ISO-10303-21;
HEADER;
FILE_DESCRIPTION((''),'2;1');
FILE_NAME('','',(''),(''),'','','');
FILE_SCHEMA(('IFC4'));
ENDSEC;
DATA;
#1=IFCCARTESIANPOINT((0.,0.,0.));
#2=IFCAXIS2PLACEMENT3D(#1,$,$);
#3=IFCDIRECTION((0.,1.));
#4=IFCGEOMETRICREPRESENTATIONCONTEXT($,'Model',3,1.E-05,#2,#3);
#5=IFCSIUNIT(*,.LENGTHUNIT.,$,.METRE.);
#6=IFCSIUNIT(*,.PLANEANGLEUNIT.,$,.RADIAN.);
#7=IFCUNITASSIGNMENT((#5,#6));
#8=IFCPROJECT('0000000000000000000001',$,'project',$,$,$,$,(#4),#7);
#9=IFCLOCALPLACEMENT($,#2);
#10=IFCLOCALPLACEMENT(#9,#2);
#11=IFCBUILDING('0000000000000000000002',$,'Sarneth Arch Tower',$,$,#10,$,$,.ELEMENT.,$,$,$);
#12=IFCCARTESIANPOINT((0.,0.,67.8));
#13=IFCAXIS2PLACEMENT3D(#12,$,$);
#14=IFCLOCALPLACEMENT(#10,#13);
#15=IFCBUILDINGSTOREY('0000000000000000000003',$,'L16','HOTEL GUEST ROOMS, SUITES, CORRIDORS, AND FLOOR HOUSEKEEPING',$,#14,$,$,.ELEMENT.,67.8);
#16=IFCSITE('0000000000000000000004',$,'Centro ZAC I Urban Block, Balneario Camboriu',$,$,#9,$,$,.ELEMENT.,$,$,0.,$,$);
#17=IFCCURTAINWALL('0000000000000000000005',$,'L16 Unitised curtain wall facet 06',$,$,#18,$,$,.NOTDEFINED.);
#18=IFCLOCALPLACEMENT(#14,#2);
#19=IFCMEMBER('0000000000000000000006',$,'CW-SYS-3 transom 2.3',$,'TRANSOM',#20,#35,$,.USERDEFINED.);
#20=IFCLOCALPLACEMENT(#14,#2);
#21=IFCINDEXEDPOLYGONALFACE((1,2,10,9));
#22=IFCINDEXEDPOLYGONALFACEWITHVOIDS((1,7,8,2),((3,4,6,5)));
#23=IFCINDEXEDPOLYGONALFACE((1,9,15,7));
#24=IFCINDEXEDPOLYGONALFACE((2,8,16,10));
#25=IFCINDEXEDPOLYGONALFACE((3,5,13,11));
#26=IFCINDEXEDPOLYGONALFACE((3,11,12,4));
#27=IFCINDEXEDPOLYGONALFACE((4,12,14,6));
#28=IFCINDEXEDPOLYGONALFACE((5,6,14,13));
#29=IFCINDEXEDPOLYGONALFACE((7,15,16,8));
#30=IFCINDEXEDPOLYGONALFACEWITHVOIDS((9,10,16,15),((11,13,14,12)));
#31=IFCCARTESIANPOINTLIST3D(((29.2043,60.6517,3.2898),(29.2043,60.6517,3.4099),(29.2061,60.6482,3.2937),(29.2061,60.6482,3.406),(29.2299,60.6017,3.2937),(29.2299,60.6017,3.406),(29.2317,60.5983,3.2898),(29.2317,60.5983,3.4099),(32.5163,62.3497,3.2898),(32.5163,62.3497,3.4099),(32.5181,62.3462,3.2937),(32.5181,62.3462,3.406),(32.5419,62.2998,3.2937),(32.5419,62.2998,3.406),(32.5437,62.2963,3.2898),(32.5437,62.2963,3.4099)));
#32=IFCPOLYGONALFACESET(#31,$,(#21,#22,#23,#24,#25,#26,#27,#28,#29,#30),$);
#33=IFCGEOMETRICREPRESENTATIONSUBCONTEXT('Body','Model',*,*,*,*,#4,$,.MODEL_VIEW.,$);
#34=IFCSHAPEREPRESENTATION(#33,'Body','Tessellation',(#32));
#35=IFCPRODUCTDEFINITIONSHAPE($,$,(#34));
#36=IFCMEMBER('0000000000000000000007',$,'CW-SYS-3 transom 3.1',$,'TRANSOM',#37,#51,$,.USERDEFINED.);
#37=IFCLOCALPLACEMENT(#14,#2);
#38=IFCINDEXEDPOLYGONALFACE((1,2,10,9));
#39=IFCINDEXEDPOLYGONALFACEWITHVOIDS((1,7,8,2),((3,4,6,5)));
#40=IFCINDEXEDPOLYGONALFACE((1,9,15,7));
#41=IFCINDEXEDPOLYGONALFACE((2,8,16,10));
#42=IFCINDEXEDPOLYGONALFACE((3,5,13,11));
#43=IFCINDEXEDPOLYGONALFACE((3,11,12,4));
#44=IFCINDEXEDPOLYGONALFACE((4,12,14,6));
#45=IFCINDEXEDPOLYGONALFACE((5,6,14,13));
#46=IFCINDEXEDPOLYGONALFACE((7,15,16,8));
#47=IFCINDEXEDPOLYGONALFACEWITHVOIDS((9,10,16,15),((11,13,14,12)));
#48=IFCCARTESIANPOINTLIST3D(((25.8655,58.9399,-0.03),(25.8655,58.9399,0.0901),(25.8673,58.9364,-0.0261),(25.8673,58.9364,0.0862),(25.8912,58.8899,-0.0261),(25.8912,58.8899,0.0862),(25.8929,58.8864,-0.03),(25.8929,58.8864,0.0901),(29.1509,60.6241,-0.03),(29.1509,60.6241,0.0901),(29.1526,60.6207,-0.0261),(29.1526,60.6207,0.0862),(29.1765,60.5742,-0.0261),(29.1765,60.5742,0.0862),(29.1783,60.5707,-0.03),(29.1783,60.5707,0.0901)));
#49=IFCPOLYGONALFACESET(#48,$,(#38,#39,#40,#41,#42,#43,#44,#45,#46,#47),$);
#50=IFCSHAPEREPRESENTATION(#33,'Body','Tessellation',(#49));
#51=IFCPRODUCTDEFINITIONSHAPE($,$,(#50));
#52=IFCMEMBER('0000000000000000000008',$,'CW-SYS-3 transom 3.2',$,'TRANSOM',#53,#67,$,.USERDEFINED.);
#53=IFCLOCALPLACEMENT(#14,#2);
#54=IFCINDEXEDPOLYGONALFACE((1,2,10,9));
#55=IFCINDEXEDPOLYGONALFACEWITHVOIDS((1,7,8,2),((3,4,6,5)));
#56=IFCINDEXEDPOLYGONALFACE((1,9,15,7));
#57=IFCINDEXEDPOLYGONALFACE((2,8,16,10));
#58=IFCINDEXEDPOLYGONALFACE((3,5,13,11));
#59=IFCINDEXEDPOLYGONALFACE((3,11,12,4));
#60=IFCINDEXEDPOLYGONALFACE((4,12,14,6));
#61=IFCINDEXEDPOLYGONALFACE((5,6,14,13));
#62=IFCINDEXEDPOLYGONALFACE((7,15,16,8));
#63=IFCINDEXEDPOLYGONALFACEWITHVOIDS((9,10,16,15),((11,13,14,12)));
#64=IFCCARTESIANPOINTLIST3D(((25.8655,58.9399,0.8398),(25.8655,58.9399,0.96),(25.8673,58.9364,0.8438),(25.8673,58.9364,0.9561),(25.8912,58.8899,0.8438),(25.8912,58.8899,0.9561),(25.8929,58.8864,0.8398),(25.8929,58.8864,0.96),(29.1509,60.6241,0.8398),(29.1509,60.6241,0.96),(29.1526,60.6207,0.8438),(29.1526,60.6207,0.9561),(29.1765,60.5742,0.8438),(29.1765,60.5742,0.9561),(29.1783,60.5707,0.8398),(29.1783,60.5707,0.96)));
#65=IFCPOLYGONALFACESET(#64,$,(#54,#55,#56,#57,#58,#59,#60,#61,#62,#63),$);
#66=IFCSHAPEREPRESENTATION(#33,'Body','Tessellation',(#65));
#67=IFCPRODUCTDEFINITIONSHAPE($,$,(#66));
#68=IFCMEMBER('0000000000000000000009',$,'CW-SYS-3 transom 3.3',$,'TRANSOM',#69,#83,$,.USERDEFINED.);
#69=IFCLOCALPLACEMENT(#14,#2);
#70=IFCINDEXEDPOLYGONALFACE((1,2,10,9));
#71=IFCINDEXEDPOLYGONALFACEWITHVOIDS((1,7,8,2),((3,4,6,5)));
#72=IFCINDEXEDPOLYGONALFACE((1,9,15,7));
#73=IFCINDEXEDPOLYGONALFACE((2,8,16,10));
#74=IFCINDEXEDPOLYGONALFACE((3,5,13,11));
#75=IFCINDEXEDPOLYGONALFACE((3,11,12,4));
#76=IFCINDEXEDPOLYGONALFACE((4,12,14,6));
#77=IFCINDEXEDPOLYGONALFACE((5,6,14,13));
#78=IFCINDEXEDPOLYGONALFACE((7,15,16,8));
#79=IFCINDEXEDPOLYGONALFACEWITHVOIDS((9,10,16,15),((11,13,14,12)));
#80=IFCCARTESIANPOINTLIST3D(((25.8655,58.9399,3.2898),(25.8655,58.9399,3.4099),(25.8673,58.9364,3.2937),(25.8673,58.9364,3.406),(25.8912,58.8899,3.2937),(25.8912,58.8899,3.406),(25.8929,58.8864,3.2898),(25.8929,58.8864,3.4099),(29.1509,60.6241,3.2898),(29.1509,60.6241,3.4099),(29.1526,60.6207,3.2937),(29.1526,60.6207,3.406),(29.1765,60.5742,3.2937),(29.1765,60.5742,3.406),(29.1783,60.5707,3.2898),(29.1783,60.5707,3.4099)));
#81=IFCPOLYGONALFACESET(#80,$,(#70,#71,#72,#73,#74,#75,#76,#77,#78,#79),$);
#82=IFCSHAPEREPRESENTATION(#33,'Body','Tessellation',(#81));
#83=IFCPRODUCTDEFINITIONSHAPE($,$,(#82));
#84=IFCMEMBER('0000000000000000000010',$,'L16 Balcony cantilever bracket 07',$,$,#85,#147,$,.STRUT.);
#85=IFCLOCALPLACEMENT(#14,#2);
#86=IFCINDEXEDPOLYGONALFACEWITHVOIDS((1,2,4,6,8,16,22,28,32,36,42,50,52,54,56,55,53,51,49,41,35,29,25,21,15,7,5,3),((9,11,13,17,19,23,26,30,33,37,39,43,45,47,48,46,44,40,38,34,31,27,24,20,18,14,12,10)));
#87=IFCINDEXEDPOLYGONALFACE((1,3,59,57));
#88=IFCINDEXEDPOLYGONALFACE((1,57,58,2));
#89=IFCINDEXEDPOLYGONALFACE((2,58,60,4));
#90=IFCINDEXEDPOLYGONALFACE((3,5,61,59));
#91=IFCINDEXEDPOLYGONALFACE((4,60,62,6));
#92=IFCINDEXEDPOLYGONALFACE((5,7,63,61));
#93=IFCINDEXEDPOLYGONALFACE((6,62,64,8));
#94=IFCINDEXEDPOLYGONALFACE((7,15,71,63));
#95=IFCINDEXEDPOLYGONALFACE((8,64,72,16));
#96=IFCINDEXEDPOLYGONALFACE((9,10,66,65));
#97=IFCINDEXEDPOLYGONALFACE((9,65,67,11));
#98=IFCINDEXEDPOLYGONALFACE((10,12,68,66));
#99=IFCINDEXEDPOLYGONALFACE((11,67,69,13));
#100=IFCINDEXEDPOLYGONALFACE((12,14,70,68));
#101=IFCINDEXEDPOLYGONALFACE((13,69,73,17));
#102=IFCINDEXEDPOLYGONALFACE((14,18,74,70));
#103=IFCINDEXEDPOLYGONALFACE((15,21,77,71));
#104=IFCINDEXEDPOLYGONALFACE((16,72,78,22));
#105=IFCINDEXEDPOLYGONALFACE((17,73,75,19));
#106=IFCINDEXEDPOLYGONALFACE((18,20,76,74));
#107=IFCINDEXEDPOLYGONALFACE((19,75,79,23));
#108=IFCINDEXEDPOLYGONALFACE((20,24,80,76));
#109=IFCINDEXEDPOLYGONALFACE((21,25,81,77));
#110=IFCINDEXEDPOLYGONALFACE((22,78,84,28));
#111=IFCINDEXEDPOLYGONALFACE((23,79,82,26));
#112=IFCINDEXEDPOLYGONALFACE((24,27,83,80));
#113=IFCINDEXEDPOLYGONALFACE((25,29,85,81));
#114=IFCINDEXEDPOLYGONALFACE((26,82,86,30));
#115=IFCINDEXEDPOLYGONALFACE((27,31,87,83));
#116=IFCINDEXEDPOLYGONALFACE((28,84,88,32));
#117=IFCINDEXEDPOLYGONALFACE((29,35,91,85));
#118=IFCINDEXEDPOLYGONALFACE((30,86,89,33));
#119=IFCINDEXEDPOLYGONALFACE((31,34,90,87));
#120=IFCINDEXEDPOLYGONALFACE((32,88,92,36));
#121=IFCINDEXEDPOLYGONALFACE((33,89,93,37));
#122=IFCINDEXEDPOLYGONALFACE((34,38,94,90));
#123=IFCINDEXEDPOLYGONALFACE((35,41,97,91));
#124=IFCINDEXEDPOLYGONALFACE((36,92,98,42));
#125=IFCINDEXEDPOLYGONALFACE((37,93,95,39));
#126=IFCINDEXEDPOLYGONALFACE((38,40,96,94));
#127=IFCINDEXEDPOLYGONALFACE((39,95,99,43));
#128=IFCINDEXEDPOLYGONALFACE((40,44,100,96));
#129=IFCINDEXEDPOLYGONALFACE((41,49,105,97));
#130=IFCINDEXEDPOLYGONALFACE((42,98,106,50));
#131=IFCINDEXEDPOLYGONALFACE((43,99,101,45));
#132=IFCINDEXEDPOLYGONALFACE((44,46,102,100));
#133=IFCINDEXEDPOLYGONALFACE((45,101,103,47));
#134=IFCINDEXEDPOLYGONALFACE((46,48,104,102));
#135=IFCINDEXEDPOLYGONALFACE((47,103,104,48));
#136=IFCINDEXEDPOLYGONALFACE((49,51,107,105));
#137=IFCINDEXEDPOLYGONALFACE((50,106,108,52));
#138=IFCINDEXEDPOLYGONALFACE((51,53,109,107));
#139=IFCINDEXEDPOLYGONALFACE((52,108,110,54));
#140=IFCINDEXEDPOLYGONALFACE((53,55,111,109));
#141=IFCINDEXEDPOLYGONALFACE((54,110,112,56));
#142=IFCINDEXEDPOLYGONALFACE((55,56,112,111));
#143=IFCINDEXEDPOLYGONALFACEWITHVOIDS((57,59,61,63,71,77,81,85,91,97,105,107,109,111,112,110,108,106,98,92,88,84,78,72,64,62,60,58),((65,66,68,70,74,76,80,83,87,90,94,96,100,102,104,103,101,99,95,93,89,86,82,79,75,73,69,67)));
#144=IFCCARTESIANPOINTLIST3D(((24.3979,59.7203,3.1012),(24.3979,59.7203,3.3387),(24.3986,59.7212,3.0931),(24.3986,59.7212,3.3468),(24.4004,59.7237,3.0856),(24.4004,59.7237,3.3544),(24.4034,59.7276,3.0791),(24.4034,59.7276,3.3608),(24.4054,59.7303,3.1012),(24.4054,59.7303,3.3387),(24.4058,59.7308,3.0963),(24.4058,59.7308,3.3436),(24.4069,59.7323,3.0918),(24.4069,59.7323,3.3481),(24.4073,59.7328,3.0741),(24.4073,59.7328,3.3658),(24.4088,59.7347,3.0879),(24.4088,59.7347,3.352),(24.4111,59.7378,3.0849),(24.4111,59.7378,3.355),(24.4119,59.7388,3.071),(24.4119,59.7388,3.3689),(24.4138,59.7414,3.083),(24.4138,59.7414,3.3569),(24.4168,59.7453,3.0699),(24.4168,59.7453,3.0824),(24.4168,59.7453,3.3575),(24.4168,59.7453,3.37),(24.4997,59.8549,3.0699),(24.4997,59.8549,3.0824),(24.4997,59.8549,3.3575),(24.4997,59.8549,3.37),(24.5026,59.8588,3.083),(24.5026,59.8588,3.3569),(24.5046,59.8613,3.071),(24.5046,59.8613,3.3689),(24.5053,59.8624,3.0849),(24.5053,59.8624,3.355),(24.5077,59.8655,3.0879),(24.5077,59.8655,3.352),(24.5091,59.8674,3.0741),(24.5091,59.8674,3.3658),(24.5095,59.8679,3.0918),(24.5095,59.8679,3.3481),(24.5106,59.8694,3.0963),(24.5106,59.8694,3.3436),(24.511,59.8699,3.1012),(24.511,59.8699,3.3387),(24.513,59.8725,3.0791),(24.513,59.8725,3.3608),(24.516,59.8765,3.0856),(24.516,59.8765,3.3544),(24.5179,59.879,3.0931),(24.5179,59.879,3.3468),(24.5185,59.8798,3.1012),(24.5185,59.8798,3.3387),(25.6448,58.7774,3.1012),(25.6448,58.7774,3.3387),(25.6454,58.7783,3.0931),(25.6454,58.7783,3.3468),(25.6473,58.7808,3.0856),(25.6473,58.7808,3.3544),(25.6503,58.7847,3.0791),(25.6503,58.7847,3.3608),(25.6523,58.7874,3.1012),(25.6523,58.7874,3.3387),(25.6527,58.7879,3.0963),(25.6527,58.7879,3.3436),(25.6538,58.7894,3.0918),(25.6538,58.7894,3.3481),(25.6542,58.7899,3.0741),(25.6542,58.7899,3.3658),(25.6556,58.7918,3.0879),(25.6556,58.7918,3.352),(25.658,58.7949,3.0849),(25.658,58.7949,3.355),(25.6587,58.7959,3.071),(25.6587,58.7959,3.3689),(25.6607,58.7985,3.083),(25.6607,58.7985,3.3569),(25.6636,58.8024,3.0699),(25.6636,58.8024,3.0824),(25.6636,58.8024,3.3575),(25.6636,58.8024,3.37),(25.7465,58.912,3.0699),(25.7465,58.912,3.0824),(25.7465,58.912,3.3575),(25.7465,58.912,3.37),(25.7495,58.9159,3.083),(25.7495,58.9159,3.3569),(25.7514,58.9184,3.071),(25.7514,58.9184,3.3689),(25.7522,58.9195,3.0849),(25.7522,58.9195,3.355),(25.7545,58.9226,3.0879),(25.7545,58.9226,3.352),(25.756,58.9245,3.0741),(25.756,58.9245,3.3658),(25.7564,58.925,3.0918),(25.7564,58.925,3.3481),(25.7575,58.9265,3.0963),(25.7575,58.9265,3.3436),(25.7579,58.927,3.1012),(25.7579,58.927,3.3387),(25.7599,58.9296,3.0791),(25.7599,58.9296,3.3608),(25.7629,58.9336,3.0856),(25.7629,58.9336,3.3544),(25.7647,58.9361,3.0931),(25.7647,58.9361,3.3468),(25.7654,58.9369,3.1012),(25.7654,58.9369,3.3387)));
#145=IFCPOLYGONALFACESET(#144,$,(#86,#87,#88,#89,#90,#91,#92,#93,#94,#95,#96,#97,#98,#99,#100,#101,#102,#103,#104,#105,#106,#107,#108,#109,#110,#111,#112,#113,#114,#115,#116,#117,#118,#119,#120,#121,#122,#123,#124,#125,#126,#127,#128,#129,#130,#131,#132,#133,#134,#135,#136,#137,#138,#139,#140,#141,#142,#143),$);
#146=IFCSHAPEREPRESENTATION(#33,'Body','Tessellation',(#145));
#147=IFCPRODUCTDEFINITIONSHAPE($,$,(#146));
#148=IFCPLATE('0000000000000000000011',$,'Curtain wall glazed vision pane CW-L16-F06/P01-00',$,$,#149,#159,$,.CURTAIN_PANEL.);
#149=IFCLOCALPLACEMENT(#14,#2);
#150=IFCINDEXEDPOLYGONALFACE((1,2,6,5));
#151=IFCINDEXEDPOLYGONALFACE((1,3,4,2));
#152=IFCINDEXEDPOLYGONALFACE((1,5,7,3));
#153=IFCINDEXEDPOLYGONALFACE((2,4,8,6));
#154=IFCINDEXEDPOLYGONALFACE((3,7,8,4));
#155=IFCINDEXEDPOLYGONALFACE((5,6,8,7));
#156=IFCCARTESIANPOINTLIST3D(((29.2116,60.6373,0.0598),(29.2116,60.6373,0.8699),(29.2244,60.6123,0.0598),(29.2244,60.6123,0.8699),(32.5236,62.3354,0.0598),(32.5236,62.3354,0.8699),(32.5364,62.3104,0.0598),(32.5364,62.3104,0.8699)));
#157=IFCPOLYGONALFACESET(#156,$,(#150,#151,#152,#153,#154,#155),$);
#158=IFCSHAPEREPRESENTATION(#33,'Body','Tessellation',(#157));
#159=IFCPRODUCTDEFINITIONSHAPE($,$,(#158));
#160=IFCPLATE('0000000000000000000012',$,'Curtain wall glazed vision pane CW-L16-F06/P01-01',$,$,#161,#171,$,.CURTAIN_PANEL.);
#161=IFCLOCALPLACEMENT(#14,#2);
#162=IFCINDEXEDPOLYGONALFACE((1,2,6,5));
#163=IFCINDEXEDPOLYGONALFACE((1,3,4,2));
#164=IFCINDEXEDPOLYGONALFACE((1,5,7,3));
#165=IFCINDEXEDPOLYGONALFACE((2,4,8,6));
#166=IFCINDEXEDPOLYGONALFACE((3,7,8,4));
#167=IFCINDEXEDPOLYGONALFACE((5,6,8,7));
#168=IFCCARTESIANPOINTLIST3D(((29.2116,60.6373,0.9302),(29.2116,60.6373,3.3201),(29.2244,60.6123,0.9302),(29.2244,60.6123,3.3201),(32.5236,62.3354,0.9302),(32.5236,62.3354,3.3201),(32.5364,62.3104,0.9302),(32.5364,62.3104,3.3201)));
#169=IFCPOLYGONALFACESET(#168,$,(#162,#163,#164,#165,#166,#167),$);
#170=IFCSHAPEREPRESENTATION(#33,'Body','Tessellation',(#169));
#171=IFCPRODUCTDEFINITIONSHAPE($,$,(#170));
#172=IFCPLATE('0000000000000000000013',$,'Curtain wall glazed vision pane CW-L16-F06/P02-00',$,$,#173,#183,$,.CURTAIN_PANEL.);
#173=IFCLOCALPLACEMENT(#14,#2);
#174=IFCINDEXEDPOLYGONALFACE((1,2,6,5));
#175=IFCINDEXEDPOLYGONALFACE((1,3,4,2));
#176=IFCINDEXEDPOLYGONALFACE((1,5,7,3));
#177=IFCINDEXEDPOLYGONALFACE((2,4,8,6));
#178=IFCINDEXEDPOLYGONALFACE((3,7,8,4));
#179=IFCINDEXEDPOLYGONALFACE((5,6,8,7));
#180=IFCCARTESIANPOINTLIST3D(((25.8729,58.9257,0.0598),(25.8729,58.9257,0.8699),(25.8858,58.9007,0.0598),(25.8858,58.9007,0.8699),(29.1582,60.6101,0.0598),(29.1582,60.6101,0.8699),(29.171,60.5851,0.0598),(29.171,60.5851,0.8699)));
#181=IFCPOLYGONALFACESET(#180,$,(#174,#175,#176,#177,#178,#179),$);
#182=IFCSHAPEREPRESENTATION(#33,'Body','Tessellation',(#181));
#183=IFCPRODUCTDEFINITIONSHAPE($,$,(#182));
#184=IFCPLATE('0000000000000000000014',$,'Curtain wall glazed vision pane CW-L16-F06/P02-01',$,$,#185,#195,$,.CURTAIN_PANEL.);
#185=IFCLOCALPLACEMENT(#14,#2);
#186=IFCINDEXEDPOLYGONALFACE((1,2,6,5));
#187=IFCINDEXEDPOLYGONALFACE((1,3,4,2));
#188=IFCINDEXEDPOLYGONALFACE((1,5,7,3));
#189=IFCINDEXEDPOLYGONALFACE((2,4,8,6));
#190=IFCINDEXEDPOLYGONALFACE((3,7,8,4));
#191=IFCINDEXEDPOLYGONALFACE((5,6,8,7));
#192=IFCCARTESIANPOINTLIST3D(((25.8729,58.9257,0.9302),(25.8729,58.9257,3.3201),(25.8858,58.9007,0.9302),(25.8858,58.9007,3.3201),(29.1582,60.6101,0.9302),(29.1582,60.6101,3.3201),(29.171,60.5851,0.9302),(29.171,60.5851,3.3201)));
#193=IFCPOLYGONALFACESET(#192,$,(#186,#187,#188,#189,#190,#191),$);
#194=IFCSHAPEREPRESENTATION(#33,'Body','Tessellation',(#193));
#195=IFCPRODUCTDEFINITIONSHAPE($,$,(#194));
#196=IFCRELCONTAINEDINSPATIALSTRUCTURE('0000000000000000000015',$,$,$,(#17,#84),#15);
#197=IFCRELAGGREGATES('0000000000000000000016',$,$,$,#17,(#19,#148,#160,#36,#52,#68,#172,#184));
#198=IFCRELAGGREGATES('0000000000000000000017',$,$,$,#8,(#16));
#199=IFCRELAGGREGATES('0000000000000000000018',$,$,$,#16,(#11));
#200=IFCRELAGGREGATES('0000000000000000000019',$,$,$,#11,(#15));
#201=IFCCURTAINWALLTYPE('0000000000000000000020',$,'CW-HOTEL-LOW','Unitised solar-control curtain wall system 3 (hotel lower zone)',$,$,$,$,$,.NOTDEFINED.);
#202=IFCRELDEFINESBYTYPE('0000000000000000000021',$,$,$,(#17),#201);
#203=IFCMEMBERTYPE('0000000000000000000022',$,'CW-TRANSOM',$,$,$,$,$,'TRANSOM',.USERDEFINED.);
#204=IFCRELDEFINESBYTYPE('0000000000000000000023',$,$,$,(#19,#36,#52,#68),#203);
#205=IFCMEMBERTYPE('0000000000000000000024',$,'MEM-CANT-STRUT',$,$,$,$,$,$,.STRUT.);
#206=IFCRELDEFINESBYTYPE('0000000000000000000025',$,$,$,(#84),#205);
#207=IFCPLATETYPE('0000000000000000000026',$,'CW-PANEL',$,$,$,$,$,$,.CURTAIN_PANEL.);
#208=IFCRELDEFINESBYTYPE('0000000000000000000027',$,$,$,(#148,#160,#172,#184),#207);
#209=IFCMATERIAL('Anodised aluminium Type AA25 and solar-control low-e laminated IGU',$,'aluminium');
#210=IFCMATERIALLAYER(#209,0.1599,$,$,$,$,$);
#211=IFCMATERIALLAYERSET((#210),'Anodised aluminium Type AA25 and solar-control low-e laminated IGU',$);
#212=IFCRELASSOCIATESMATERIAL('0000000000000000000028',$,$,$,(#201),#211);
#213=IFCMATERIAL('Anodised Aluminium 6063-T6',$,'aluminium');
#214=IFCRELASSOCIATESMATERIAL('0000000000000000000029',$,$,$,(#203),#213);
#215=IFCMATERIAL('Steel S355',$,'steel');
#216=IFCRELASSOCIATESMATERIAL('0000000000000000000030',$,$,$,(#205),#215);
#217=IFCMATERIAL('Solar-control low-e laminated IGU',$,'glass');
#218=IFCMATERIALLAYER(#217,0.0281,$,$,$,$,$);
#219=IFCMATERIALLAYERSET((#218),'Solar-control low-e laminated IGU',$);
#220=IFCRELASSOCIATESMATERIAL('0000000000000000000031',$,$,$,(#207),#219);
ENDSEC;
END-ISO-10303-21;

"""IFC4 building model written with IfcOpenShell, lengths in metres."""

from ifc_helpers import new_model, si_unit, direction, frame, origin, origin_2d, place, context, subcontext, project, spatial, rectangle, hollow_rectangle, extrude, material, layer, layer_set, material_profile, profile_set, type_object, element, aggregate, save


model = new_model("IFC4")

# Units and contexts
model_context = context("Model", 3, precision=1e-05, world=origin(), true_north=direction((0.0, 1.0)))
body_context = subcontext(model_context, "Body", "Model", "MODEL_VIEW")
ifc_project = project(units=[si_unit("LENGTHUNIT", "METRE"), si_unit("PLANEANGLEUNIT", "RADIAN")], contexts=[model_context])

# Site, building, storey
site_placement = place(None, origin())
site = spatial("IfcSite", under=ifc_project, at=site_placement, Name="Centro ZAC I Urban Block, Balneario Camboriu", CompositionType="ELEMENT", RefElevation=0.0)
building_placement = place(site_placement, origin())
building = spatial("IfcBuilding", under=site, at=building_placement, Name="Sarneth Arch Tower", CompositionType="ELEMENT")
storey_placement = place(building_placement, frame((0.0, 0.0, 67.8)))
storey = spatial("IfcBuildingStorey", under=building, at=storey_placement, Name="L16", Description="HOTEL GUEST ROOMS, SUITES, CORRIDORS, AND FLOOR HOUSEKEEPING", CompositionType="ELEMENT", Elevation=67.8)

# Curtain wall, members
ifc_material_1 = material(Name="Anodised aluminium Type AA25 and solar-control low-e laminated IGU", Category="aluminium")
ifc_layer_1 = layer(ifc_material_1, 0.1599)
ifc_layer_set_1 = layer_set([ifc_layer_1], Name="Anodised aluminium Type AA25 and solar-control low-e laminated IGU")
curtain_wall_type = type_object("IfcCurtainWallType", Name="CW-HOTEL-LOW", Description="Unitised solar-control curtain wall system 3 (hotel lower zone)", PredefinedType="NOTDEFINED", material=ifc_layer_set_1)
curtain_wall_placement = place(storey_placement, origin())
curtain_wall = element("IfcCurtainWall", 1, at=curtain_wall_placement, inside=storey, type_object=curtain_wall_type, Name="L16 Unitised curtain wall facet 06", PredefinedType="NOTDEFINED")
ifc_material_2 = material(Name="Anodised Aluminium 6063-T6", Category="aluminium")
ifc_material_profile_1 = material_profile(ifc_material_2, hollow_rectangle(XDim=0.0601, YDim=0.1201, WallThickness=0.0039, at=origin_2d()), Name="AL-TRAN-120x60x4")
ifc_profile_set_1 = profile_set([ifc_material_profile_1], Name="Anodised Aluminium 6063-T6")
member_type_1 = type_object("IfcMemberType", Name="CW-TRANSOM", ElementType="TRANSOM", PredefinedType="USERDEFINED", material=ifc_profile_set_1)
member_1_placement = place(storey_placement, frame((32.53, 62.323, 3.3499), z_axis=(-0.889869, -0.456217, 0.0), x_axis=(0.456217, -0.889869, 0.0)))
member_1 = element("IfcMember", 2, at=member_1_placement, type_object=member_type_1, Name="CW-SYS-3 transom 2.3", ObjectType="TRANSOM", PredefinedType="USERDEFINED", context=body_context, shape_type="SweptSolid", body=[
    extrude(hollow_rectangle(XDim=0.0601, YDim=0.1201, WallThickness=0.0039, at=origin_2d()), origin(), (0.0, 0.0, 1.0), 3.7219),
])
member_2_placement = place(storey_placement, frame((29.1646, 60.5974, 0.03), z_axis=(-0.889872, -0.456211, 0.0), x_axis=(0.456211, -0.889872, 0.0)))
member_2 = element("IfcMember", 3, at=member_2_placement, type_object=member_type_1, Name="CW-SYS-3 transom 3.1", ObjectType="TRANSOM", PredefinedType="USERDEFINED", context=body_context, shape_type="SweptSolid", body=[
    extrude(hollow_rectangle(XDim=0.0601, YDim=0.1201, WallThickness=0.0039, at=origin_2d()), origin(), (0.0, 0.0, 1.0), 3.6919),
])
member_3_placement = place(storey_placement, frame((29.1646, 60.5974, 0.8999), z_axis=(-0.889872, -0.456211, 0.0), x_axis=(0.456211, -0.889872, 0.0)))
member_3 = element("IfcMember", 4, at=member_3_placement, type_object=member_type_1, Name="CW-SYS-3 transom 3.2", ObjectType="TRANSOM", PredefinedType="USERDEFINED", context=body_context, shape_type="SweptSolid", body=[
    extrude(hollow_rectangle(XDim=0.0601, YDim=0.1201, WallThickness=0.0039, at=origin_2d()), origin(), (0.0, 0.0, 1.0), 3.6919),
])
member_4_placement = place(storey_placement, frame((29.1646, 60.5974, 3.3499), z_axis=(-0.889872, -0.456211, 0.0), x_axis=(0.456211, -0.889872, 0.0)))
member_4 = element("IfcMember", 5, at=member_4_placement, type_object=member_type_1, Name="CW-SYS-3 transom 3.3", ObjectType="TRANSOM", PredefinedType="USERDEFINED", context=body_context, shape_type="SweptSolid", body=[
    extrude(hollow_rectangle(XDim=0.0601, YDim=0.1201, WallThickness=0.0039, at=origin_2d()), origin(), (0.0, 0.0, 1.0), 3.6919),
])

# Member
ifc_material_3 = material(Name="Steel S355", Category="steel")
ifc_material_profile_2 = material_profile(ifc_material_3, hollow_rectangle(XDim=0.2, YDim=0.3, WallThickness=0.0125, InnerFilletRadius=0.0188, OuterFilletRadius=0.0312, at=origin_2d()), Name="RHS300x200x12.5")
ifc_profile_set_2 = profile_set([ifc_material_profile_2], Name="Steel S355")
member_type_2 = type_object("IfcMemberType", Name="MEM-CANT-STRUT", PredefinedType="STRUT", material=ifc_profile_set_2)
member_5_placement = place(storey_placement, frame((25.7051, 58.8572, 3.22), z_axis=(-0.797614, 0.603169, 0.0), x_axis=(-0.603169, -0.797614, 0.0)))
element("IfcMember", 6, at=member_5_placement, inside=storey, type_object=member_type_2, Name="L16 Balcony cantilever bracket 07", PredefinedType="STRUT", context=body_context, shape_type="SweptSolid", body=[
    extrude(hollow_rectangle(XDim=0.2, YDim=0.3, WallThickness=0.0125, InnerFilletRadius=0.0188, OuterFilletRadius=0.0312, at=origin_2d()), origin(), (0.0, 0.0, 1.0), 1.5632),
])

# Plates
ifc_material_4 = material(Name="Solar-control low-e laminated IGU", Category="glass")
ifc_layer_2 = layer(ifc_material_4, 0.0281)
ifc_layer_set_2 = layer_set([ifc_layer_2], Name="Solar-control low-e laminated IGU")
plate_type_1 = type_object("IfcPlateType", Name="CW-PANEL", PredefinedType="CURTAIN_PANEL", material=ifc_layer_set_2)
plate_1_placement = place(storey_placement, frame((30.874, 61.4739, 0.0598), z_axis=(0.0, 0.0, 1.0), x_axis=(-0.889854, -0.456245, 0.0)))
plate_1 = element("IfcPlate", 7, at=plate_1_placement, type_object=plate_type_1, Name="Curtain wall glazed vision pane CW-L16-F06/P01-00", PredefinedType="CURTAIN_PANEL", context=body_context, shape_type="SweptSolid", body=[
    extrude(rectangle(XDim=3.7219, YDim=0.0281, at=origin_2d()), origin(), (0.0, 0.0, 1.0), 0.8101),
])
plate_2_placement = place(storey_placement, frame((30.874, 61.4739, 0.9302), z_axis=(0.0, 0.0, 1.0), x_axis=(-0.889854, -0.456245, 0.0)))
plate_2 = element("IfcPlate", 8, at=plate_2_placement, type_object=plate_type_1, Name="Curtain wall glazed vision pane CW-L16-F06/P01-01", PredefinedType="CURTAIN_PANEL", context=body_context, shape_type="SweptSolid", body=[
    extrude(rectangle(XDim=3.7219, YDim=0.0281, at=origin_2d()), origin(), (0.0, 0.0, 1.0), 2.3899),
])
plate_3_placement = place(storey_placement, frame((27.522, 59.7554, 0.0598), z_axis=(0.0, 0.0, 1.0), x_axis=(-0.889854, -0.456245, 0.0)))
plate_3 = element("IfcPlate", 9, at=plate_3_placement, type_object=plate_type_1, Name="Curtain wall glazed vision pane CW-L16-F06/P02-00", PredefinedType="CURTAIN_PANEL", context=body_context, shape_type="SweptSolid", body=[
    extrude(rectangle(XDim=3.6919, YDim=0.0281, at=origin_2d()), origin(), (0.0, 0.0, 1.0), 0.8101),
])
plate_4_placement = place(storey_placement, frame((27.522, 59.7554, 0.9302), z_axis=(0.0, 0.0, 1.0), x_axis=(-0.889854, -0.456245, 0.0)))
plate_4 = element("IfcPlate", 10, at=plate_4_placement, type_object=plate_type_1, Name="Curtain wall glazed vision pane CW-L16-F06/P02-01", PredefinedType="CURTAIN_PANEL", context=body_context, shape_type="SweptSolid", body=[
    extrude(rectangle(XDim=3.6919, YDim=0.0281, at=origin_2d()), origin(), (0.0, 0.0, 1.0), 2.3899),
])
aggregate(curtain_wall, [member_1, plate_1, plate_2, member_2, member_3, member_4, plate_3, plate_4])

save(model, "model.ifc")
